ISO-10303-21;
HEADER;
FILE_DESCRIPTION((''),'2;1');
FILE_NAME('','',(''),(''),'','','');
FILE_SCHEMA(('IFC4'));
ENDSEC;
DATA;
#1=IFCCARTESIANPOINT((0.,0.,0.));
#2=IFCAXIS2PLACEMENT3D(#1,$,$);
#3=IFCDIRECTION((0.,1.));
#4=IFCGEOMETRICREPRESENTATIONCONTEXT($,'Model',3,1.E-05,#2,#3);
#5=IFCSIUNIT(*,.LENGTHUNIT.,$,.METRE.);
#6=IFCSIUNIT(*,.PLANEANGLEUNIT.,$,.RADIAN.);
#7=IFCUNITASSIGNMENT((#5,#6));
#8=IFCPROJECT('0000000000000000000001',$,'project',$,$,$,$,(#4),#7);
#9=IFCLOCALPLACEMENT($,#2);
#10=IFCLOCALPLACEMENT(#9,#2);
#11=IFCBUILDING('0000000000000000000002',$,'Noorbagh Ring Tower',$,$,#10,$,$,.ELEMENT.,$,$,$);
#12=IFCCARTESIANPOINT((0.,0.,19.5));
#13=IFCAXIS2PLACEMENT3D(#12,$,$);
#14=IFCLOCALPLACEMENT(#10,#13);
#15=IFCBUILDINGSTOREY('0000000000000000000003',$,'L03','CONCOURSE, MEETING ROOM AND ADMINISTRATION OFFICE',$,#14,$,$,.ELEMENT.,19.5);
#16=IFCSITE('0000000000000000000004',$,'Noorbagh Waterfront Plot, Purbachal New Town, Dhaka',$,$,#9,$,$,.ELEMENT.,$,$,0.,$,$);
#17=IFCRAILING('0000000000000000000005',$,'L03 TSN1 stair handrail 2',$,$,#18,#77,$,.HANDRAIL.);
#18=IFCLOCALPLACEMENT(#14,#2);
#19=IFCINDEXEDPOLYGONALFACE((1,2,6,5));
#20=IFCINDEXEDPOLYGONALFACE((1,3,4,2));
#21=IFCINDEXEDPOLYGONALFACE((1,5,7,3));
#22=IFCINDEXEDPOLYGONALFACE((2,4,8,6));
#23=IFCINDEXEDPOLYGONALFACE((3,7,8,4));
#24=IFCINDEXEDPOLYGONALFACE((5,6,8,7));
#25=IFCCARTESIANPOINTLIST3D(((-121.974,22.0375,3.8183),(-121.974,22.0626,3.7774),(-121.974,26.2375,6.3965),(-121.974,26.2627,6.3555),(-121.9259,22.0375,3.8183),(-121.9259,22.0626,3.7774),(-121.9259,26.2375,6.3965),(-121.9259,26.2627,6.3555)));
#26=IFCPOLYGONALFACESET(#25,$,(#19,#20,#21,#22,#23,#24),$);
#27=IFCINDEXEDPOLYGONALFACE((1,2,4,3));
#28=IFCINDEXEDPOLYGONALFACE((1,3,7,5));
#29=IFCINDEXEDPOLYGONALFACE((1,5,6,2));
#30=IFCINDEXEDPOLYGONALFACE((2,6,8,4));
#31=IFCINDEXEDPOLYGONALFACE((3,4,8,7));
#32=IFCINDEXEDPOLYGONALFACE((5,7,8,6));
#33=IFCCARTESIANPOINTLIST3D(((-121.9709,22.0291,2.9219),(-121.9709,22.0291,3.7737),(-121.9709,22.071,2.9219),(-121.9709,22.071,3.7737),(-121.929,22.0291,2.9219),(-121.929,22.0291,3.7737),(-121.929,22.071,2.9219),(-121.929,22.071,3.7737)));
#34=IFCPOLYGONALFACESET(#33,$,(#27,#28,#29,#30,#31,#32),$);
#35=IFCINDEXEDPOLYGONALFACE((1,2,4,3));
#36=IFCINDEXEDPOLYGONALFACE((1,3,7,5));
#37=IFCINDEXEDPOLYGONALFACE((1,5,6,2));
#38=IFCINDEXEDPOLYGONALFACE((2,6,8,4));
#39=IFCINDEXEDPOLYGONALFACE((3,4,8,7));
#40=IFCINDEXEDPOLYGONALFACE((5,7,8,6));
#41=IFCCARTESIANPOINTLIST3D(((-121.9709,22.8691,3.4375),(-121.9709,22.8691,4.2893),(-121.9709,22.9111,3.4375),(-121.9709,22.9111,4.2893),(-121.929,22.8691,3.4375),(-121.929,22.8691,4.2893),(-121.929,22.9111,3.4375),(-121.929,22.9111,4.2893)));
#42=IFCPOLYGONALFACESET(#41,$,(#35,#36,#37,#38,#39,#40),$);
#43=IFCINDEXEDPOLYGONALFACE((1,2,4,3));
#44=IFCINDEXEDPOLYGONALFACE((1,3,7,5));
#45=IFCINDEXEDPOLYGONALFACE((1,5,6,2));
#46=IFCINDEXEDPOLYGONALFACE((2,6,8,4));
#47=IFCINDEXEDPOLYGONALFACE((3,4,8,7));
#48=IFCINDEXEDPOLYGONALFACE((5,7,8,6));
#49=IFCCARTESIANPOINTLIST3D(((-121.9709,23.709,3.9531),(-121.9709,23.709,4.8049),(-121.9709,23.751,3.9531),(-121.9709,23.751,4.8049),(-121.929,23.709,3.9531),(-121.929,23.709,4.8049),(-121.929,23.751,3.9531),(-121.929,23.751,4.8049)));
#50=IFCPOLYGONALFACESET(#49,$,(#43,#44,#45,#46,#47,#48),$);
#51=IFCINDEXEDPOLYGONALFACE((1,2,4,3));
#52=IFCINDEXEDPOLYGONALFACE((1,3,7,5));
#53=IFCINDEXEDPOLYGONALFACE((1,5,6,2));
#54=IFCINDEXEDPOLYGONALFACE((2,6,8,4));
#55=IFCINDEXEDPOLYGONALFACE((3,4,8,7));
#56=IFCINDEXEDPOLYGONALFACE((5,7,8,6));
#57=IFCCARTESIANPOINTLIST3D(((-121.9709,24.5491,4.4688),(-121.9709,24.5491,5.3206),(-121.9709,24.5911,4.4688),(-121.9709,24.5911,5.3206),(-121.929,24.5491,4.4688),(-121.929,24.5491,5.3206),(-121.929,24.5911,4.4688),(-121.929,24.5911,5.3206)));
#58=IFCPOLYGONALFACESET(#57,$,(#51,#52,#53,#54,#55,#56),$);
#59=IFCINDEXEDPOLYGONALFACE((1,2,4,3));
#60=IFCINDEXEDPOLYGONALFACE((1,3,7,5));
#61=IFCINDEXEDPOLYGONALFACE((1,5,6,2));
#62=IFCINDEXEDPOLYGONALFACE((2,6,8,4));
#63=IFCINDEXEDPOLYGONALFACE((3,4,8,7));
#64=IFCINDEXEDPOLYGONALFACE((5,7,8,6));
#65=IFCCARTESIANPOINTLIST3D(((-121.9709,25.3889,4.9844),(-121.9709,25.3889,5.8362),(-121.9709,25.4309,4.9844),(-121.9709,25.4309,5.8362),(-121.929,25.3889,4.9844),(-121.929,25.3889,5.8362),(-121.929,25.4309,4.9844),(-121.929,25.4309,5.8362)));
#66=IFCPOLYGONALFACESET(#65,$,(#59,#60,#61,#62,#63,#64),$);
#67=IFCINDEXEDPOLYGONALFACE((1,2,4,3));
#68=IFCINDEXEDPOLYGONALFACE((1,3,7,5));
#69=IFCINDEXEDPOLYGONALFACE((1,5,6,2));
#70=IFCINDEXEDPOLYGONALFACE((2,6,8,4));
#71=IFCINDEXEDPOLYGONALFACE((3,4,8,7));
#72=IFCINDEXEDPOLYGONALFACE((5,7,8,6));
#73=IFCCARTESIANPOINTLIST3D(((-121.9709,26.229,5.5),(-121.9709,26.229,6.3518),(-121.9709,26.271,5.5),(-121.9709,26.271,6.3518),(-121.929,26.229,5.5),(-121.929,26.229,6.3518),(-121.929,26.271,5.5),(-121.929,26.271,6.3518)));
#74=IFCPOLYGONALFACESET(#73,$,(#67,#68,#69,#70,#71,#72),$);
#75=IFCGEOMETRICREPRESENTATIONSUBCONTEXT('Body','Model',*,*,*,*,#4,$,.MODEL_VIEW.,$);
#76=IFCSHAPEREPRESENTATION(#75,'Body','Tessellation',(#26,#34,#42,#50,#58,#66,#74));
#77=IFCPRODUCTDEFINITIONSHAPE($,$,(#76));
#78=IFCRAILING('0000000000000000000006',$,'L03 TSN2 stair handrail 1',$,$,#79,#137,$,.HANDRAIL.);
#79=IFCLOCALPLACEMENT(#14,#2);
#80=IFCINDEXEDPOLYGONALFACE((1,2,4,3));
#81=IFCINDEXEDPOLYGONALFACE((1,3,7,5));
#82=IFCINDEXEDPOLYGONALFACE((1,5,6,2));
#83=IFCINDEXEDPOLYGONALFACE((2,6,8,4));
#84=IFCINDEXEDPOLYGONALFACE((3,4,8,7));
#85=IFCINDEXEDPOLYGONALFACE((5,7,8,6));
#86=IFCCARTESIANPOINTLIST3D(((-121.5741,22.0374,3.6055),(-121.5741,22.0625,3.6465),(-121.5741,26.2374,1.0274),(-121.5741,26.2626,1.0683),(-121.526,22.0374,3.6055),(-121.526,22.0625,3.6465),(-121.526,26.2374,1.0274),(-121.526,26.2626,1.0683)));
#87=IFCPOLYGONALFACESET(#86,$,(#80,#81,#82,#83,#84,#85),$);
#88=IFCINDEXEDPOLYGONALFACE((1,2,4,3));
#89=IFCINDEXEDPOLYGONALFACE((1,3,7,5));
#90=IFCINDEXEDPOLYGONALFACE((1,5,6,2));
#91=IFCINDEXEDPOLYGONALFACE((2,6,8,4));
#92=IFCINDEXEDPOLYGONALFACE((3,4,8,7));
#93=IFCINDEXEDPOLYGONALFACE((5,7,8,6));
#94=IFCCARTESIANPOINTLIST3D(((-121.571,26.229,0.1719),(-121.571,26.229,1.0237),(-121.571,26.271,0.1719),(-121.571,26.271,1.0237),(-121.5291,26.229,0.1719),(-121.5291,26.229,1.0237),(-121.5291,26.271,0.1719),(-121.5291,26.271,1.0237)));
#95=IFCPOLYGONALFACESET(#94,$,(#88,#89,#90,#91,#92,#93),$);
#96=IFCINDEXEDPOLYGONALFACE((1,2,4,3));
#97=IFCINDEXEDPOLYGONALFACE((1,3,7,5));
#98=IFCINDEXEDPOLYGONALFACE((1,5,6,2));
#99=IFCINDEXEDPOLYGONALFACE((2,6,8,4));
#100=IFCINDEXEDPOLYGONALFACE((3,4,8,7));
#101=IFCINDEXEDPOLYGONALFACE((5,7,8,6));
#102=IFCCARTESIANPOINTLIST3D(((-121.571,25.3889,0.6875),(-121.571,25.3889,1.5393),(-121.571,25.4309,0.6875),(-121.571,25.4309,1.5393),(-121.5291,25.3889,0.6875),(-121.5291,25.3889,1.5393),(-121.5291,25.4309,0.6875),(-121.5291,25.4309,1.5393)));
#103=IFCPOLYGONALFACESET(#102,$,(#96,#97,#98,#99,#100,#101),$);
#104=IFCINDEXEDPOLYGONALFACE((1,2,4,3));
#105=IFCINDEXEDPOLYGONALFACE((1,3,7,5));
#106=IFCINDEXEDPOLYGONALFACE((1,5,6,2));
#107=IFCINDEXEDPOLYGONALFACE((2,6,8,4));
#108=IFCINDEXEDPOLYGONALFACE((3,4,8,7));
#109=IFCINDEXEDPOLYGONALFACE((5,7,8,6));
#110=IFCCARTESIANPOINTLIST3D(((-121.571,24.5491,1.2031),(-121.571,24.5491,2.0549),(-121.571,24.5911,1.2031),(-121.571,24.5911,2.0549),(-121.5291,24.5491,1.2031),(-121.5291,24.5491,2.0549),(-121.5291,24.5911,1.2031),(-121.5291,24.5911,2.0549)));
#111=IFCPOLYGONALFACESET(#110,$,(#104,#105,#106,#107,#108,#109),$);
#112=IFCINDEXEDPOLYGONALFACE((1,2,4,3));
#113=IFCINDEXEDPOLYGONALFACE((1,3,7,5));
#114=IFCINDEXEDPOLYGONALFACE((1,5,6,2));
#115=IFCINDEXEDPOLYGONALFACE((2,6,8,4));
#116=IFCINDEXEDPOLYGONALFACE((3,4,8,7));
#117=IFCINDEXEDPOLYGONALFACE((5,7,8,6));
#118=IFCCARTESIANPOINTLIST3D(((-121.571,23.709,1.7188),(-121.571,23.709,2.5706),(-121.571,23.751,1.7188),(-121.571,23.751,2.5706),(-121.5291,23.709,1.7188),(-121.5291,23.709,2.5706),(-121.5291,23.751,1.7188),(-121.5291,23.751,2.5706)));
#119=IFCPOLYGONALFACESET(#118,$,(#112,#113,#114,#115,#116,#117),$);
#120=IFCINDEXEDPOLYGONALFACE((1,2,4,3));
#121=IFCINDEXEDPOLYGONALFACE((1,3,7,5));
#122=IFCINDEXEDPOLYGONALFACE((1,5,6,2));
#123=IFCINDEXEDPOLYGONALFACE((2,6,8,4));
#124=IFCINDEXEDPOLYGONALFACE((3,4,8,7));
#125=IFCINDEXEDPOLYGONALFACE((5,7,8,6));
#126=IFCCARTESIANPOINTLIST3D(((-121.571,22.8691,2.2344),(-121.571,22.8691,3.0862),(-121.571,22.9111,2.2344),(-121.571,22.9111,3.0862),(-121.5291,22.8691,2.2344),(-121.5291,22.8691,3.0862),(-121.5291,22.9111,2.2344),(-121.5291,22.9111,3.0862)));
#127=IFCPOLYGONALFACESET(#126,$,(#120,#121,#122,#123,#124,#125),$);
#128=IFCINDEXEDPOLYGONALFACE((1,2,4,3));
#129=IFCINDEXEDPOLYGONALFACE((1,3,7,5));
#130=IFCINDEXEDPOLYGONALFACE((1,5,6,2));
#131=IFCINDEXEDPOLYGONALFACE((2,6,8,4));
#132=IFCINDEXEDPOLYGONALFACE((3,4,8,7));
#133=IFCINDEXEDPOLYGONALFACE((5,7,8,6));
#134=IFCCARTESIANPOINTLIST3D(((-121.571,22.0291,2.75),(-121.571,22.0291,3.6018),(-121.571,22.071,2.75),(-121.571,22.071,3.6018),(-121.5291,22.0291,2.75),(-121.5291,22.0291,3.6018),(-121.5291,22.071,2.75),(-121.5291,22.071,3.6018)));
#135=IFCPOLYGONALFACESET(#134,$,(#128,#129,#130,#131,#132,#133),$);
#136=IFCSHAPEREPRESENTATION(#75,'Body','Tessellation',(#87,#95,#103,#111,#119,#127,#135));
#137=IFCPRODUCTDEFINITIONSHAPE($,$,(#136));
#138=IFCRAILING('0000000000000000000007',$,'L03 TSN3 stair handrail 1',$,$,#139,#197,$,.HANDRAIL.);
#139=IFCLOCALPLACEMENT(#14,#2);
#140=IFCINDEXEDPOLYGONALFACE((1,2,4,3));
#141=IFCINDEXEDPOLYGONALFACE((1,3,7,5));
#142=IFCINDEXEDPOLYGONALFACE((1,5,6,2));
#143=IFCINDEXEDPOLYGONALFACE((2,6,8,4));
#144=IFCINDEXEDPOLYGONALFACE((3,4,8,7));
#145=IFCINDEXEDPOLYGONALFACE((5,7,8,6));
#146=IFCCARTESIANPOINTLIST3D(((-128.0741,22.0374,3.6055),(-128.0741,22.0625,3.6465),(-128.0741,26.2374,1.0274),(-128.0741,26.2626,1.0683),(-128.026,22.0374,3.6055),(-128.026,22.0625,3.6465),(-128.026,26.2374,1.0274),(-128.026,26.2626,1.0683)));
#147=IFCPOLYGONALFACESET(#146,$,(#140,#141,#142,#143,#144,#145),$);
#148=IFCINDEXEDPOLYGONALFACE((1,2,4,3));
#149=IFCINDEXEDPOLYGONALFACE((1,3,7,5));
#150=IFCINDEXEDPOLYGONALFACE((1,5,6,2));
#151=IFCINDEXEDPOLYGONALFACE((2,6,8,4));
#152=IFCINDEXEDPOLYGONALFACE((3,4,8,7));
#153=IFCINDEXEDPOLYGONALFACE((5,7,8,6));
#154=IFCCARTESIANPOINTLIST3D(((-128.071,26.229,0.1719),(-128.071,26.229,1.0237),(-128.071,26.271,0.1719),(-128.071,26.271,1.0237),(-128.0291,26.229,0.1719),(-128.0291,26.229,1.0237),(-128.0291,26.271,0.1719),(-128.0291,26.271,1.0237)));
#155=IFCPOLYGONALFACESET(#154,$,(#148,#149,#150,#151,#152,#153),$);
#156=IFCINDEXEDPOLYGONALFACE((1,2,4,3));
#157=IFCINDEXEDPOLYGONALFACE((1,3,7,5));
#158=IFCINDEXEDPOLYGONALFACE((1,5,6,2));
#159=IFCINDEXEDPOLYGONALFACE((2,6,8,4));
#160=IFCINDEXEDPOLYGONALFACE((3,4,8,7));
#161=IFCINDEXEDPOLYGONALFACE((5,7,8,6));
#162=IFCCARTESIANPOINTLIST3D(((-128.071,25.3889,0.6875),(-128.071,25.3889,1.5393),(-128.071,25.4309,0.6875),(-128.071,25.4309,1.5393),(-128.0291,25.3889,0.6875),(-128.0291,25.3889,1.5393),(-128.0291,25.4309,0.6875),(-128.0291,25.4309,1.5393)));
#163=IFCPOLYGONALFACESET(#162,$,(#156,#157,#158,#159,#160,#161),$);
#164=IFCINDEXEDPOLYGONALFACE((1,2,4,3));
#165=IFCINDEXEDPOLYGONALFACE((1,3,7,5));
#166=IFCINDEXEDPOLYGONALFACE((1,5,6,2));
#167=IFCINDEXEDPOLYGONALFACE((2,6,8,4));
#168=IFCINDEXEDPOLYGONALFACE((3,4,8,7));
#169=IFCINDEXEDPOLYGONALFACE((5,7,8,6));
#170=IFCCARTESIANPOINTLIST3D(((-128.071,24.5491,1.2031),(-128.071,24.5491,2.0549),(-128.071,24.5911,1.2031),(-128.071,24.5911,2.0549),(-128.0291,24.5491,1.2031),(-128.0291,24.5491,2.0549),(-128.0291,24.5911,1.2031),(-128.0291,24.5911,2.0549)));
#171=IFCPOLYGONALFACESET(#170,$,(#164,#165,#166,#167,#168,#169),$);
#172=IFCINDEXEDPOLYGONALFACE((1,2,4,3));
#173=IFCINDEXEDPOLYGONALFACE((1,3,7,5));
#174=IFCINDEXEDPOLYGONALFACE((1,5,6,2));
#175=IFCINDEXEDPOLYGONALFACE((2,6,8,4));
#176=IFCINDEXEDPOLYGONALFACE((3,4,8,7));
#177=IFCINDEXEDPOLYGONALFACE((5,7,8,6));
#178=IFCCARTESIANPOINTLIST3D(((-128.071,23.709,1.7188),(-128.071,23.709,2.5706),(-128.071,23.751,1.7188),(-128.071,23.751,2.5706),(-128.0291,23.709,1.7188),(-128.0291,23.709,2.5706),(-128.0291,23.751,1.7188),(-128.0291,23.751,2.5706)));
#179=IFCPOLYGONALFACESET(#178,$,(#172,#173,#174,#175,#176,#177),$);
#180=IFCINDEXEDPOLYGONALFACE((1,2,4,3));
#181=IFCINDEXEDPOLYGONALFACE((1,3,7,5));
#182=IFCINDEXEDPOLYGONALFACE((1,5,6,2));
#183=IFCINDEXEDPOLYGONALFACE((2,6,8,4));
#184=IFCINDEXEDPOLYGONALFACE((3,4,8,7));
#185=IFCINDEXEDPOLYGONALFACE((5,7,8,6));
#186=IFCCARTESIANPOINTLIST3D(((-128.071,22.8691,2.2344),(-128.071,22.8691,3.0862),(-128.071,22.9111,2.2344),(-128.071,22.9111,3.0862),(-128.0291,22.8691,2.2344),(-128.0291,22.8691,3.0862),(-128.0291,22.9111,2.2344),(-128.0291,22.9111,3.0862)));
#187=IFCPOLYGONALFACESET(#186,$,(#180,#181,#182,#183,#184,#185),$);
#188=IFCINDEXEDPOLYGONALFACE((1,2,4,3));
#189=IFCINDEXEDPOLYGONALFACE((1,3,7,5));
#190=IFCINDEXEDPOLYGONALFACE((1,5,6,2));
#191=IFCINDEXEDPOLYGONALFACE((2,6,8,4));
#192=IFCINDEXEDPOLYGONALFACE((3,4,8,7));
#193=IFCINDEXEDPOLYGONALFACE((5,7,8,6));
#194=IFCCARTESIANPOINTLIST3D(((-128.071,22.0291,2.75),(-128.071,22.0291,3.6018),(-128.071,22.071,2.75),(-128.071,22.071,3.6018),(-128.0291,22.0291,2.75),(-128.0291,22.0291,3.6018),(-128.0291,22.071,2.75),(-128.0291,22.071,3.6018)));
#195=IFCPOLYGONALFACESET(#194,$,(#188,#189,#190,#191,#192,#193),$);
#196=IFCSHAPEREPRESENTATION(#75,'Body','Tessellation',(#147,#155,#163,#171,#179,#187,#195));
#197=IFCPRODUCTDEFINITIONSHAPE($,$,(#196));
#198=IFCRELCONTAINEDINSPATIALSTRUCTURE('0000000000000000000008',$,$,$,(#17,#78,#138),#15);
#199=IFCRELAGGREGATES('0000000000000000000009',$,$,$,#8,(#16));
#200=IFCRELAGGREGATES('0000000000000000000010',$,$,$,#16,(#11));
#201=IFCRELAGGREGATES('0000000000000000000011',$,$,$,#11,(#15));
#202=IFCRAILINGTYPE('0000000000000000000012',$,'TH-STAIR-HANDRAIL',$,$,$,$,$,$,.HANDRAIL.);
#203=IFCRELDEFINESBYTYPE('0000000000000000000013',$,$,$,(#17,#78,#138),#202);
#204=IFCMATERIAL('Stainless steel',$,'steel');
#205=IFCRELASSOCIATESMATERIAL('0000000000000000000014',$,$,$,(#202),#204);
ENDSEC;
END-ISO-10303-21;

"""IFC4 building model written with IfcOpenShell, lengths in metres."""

from ifc_helpers import new_model, si_unit, direction, frame, origin, origin_2d, place, context, subcontext, project, spatial, rectangle, extrude, material, type_object, element, save


model = new_model("IFC4")

# Units and contexts
model_context = context("Model", 3, precision=1e-05, world=origin(), true_north=direction((0.0, 1.0)))
body_context = subcontext(model_context, "Body", "Model", "MODEL_VIEW")
ifc_project = project(units=[si_unit("LENGTHUNIT", "METRE"), si_unit("PLANEANGLEUNIT", "RADIAN")], contexts=[model_context])

# Site, building, storey
site_placement = place(None, origin())
site = spatial("IfcSite", under=ifc_project, at=site_placement, Name="Noorbagh Waterfront Plot, Purbachal New Town, Dhaka", CompositionType="ELEMENT", RefElevation=0.0)
building_placement = place(site_placement, origin())
building = spatial("IfcBuilding", under=site, at=building_placement, Name="Noorbagh Ring Tower", CompositionType="ELEMENT")
storey_placement = place(building_placement, frame((0.0, 0.0, 19.5)))
storey = spatial("IfcBuildingStorey", under=building, at=storey_placement, Name="L03", Description="CONCOURSE, MEETING ROOM AND ADMINISTRATION OFFICE", CompositionType="ELEMENT", Elevation=19.5)

# Railings
ifc_material_1 = material(Name="Stainless steel", Category="steel")
railing_type_1 = type_object("IfcRailingType", Name="TH-STAIR-HANDRAIL", PredefinedType="HANDRAIL", material=ifc_material_1)
railing_1_placement = place(storey_placement, frame((-121.95, 22.05, 2.9219)))
element("IfcRailing", 1, at=railing_1_placement, inside=storey, type_object=railing_type_1, Name="L03 TSN1 stair handrail 2", PredefinedType="HANDRAIL", context=body_context, shape_type="SweptSolid", body=[
    extrude(rectangle(XDim=0.0481, YDim=0.0481, at=origin_2d()), frame((0.0, 0.0, 0.876), z_axis=(0.0, 0.852243, 0.523146), x_axis=(-1.0, 0.0, 0.0)), (0.0, 0.0, 1.0), 4.9282),
    extrude(rectangle(XDim=0.042, YDim=0.042, at=origin_2d()), origin(), (0.0, 0.0, 1.0), 0.8518),
    extrude(rectangle(XDim=0.042, YDim=0.042, at=origin_2d()), frame((0.0, 0.8401, 0.5156)), (0.0, 0.0, 1.0), 0.8518),
    extrude(rectangle(XDim=0.042, YDim=0.042, at=origin_2d()), frame((0.0, 1.6799, 1.0312)), (0.0, 0.0, 1.0), 0.8518),
    extrude(rectangle(XDim=0.042, YDim=0.042, at=origin_2d()), frame((0.0, 2.52, 1.5469)), (0.0, 0.0, 1.0), 0.8518),
    extrude(rectangle(XDim=0.042, YDim=0.042, at=origin_2d()), frame((0.0, 3.3599, 2.0625)), (0.0, 0.0, 1.0), 0.8518),
    extrude(rectangle(XDim=0.042, YDim=0.042, at=origin_2d()), frame((0.0, 4.2, 2.5781)), (0.0, 0.0, 1.0), 0.8518),
])
for number, where, name in (
    (2, (-121.55, 26.25, 0.1719), "L03 TSN2 stair handrail 1"),
    (3, (-128.05, 26.25, 0.1719), "L03 TSN3 stair handrail 1"),
):
    element("IfcRailing", number, at=place(storey_placement, frame(where)), inside=storey, type_object=railing_type_1, Name=name, PredefinedType="HANDRAIL", context=body_context, shape_type="SweptSolid", body=[
        extrude(rectangle(XDim=0.0481, YDim=0.0481, at=origin_2d()), frame((0.0, 0.0, 0.876), z_axis=(0.0, -0.852243, 0.523146), x_axis=(1.0, 0.0, 0.0)), (0.0, 0.0, 1.0), 4.9282),
        extrude(rectangle(XDim=0.042, YDim=0.042, at=origin_2d()), origin(), (0.0, 0.0, 1.0), 0.8518),
        extrude(rectangle(XDim=0.042, YDim=0.042, at=origin_2d()), frame((0.0, -0.8401, 0.5156)), (0.0, 0.0, 1.0), 0.8518),
        extrude(rectangle(XDim=0.042, YDim=0.042, at=origin_2d()), frame((0.0, -1.6799, 1.0312)), (0.0, 0.0, 1.0), 0.8518),
        extrude(rectangle(XDim=0.042, YDim=0.042, at=origin_2d()), frame((0.0, -2.52, 1.5469)), (0.0, 0.0, 1.0), 0.8518),
        extrude(rectangle(XDim=0.042, YDim=0.042, at=origin_2d()), frame((0.0, -3.3599, 2.0625)), (0.0, 0.0, 1.0), 0.8518),
        extrude(rectangle(XDim=0.042, YDim=0.042, at=origin_2d()), frame((0.0, -4.2, 2.5781)), (0.0, 0.0, 1.0), 0.8518),
    ])

save(model, "model.ifc")
